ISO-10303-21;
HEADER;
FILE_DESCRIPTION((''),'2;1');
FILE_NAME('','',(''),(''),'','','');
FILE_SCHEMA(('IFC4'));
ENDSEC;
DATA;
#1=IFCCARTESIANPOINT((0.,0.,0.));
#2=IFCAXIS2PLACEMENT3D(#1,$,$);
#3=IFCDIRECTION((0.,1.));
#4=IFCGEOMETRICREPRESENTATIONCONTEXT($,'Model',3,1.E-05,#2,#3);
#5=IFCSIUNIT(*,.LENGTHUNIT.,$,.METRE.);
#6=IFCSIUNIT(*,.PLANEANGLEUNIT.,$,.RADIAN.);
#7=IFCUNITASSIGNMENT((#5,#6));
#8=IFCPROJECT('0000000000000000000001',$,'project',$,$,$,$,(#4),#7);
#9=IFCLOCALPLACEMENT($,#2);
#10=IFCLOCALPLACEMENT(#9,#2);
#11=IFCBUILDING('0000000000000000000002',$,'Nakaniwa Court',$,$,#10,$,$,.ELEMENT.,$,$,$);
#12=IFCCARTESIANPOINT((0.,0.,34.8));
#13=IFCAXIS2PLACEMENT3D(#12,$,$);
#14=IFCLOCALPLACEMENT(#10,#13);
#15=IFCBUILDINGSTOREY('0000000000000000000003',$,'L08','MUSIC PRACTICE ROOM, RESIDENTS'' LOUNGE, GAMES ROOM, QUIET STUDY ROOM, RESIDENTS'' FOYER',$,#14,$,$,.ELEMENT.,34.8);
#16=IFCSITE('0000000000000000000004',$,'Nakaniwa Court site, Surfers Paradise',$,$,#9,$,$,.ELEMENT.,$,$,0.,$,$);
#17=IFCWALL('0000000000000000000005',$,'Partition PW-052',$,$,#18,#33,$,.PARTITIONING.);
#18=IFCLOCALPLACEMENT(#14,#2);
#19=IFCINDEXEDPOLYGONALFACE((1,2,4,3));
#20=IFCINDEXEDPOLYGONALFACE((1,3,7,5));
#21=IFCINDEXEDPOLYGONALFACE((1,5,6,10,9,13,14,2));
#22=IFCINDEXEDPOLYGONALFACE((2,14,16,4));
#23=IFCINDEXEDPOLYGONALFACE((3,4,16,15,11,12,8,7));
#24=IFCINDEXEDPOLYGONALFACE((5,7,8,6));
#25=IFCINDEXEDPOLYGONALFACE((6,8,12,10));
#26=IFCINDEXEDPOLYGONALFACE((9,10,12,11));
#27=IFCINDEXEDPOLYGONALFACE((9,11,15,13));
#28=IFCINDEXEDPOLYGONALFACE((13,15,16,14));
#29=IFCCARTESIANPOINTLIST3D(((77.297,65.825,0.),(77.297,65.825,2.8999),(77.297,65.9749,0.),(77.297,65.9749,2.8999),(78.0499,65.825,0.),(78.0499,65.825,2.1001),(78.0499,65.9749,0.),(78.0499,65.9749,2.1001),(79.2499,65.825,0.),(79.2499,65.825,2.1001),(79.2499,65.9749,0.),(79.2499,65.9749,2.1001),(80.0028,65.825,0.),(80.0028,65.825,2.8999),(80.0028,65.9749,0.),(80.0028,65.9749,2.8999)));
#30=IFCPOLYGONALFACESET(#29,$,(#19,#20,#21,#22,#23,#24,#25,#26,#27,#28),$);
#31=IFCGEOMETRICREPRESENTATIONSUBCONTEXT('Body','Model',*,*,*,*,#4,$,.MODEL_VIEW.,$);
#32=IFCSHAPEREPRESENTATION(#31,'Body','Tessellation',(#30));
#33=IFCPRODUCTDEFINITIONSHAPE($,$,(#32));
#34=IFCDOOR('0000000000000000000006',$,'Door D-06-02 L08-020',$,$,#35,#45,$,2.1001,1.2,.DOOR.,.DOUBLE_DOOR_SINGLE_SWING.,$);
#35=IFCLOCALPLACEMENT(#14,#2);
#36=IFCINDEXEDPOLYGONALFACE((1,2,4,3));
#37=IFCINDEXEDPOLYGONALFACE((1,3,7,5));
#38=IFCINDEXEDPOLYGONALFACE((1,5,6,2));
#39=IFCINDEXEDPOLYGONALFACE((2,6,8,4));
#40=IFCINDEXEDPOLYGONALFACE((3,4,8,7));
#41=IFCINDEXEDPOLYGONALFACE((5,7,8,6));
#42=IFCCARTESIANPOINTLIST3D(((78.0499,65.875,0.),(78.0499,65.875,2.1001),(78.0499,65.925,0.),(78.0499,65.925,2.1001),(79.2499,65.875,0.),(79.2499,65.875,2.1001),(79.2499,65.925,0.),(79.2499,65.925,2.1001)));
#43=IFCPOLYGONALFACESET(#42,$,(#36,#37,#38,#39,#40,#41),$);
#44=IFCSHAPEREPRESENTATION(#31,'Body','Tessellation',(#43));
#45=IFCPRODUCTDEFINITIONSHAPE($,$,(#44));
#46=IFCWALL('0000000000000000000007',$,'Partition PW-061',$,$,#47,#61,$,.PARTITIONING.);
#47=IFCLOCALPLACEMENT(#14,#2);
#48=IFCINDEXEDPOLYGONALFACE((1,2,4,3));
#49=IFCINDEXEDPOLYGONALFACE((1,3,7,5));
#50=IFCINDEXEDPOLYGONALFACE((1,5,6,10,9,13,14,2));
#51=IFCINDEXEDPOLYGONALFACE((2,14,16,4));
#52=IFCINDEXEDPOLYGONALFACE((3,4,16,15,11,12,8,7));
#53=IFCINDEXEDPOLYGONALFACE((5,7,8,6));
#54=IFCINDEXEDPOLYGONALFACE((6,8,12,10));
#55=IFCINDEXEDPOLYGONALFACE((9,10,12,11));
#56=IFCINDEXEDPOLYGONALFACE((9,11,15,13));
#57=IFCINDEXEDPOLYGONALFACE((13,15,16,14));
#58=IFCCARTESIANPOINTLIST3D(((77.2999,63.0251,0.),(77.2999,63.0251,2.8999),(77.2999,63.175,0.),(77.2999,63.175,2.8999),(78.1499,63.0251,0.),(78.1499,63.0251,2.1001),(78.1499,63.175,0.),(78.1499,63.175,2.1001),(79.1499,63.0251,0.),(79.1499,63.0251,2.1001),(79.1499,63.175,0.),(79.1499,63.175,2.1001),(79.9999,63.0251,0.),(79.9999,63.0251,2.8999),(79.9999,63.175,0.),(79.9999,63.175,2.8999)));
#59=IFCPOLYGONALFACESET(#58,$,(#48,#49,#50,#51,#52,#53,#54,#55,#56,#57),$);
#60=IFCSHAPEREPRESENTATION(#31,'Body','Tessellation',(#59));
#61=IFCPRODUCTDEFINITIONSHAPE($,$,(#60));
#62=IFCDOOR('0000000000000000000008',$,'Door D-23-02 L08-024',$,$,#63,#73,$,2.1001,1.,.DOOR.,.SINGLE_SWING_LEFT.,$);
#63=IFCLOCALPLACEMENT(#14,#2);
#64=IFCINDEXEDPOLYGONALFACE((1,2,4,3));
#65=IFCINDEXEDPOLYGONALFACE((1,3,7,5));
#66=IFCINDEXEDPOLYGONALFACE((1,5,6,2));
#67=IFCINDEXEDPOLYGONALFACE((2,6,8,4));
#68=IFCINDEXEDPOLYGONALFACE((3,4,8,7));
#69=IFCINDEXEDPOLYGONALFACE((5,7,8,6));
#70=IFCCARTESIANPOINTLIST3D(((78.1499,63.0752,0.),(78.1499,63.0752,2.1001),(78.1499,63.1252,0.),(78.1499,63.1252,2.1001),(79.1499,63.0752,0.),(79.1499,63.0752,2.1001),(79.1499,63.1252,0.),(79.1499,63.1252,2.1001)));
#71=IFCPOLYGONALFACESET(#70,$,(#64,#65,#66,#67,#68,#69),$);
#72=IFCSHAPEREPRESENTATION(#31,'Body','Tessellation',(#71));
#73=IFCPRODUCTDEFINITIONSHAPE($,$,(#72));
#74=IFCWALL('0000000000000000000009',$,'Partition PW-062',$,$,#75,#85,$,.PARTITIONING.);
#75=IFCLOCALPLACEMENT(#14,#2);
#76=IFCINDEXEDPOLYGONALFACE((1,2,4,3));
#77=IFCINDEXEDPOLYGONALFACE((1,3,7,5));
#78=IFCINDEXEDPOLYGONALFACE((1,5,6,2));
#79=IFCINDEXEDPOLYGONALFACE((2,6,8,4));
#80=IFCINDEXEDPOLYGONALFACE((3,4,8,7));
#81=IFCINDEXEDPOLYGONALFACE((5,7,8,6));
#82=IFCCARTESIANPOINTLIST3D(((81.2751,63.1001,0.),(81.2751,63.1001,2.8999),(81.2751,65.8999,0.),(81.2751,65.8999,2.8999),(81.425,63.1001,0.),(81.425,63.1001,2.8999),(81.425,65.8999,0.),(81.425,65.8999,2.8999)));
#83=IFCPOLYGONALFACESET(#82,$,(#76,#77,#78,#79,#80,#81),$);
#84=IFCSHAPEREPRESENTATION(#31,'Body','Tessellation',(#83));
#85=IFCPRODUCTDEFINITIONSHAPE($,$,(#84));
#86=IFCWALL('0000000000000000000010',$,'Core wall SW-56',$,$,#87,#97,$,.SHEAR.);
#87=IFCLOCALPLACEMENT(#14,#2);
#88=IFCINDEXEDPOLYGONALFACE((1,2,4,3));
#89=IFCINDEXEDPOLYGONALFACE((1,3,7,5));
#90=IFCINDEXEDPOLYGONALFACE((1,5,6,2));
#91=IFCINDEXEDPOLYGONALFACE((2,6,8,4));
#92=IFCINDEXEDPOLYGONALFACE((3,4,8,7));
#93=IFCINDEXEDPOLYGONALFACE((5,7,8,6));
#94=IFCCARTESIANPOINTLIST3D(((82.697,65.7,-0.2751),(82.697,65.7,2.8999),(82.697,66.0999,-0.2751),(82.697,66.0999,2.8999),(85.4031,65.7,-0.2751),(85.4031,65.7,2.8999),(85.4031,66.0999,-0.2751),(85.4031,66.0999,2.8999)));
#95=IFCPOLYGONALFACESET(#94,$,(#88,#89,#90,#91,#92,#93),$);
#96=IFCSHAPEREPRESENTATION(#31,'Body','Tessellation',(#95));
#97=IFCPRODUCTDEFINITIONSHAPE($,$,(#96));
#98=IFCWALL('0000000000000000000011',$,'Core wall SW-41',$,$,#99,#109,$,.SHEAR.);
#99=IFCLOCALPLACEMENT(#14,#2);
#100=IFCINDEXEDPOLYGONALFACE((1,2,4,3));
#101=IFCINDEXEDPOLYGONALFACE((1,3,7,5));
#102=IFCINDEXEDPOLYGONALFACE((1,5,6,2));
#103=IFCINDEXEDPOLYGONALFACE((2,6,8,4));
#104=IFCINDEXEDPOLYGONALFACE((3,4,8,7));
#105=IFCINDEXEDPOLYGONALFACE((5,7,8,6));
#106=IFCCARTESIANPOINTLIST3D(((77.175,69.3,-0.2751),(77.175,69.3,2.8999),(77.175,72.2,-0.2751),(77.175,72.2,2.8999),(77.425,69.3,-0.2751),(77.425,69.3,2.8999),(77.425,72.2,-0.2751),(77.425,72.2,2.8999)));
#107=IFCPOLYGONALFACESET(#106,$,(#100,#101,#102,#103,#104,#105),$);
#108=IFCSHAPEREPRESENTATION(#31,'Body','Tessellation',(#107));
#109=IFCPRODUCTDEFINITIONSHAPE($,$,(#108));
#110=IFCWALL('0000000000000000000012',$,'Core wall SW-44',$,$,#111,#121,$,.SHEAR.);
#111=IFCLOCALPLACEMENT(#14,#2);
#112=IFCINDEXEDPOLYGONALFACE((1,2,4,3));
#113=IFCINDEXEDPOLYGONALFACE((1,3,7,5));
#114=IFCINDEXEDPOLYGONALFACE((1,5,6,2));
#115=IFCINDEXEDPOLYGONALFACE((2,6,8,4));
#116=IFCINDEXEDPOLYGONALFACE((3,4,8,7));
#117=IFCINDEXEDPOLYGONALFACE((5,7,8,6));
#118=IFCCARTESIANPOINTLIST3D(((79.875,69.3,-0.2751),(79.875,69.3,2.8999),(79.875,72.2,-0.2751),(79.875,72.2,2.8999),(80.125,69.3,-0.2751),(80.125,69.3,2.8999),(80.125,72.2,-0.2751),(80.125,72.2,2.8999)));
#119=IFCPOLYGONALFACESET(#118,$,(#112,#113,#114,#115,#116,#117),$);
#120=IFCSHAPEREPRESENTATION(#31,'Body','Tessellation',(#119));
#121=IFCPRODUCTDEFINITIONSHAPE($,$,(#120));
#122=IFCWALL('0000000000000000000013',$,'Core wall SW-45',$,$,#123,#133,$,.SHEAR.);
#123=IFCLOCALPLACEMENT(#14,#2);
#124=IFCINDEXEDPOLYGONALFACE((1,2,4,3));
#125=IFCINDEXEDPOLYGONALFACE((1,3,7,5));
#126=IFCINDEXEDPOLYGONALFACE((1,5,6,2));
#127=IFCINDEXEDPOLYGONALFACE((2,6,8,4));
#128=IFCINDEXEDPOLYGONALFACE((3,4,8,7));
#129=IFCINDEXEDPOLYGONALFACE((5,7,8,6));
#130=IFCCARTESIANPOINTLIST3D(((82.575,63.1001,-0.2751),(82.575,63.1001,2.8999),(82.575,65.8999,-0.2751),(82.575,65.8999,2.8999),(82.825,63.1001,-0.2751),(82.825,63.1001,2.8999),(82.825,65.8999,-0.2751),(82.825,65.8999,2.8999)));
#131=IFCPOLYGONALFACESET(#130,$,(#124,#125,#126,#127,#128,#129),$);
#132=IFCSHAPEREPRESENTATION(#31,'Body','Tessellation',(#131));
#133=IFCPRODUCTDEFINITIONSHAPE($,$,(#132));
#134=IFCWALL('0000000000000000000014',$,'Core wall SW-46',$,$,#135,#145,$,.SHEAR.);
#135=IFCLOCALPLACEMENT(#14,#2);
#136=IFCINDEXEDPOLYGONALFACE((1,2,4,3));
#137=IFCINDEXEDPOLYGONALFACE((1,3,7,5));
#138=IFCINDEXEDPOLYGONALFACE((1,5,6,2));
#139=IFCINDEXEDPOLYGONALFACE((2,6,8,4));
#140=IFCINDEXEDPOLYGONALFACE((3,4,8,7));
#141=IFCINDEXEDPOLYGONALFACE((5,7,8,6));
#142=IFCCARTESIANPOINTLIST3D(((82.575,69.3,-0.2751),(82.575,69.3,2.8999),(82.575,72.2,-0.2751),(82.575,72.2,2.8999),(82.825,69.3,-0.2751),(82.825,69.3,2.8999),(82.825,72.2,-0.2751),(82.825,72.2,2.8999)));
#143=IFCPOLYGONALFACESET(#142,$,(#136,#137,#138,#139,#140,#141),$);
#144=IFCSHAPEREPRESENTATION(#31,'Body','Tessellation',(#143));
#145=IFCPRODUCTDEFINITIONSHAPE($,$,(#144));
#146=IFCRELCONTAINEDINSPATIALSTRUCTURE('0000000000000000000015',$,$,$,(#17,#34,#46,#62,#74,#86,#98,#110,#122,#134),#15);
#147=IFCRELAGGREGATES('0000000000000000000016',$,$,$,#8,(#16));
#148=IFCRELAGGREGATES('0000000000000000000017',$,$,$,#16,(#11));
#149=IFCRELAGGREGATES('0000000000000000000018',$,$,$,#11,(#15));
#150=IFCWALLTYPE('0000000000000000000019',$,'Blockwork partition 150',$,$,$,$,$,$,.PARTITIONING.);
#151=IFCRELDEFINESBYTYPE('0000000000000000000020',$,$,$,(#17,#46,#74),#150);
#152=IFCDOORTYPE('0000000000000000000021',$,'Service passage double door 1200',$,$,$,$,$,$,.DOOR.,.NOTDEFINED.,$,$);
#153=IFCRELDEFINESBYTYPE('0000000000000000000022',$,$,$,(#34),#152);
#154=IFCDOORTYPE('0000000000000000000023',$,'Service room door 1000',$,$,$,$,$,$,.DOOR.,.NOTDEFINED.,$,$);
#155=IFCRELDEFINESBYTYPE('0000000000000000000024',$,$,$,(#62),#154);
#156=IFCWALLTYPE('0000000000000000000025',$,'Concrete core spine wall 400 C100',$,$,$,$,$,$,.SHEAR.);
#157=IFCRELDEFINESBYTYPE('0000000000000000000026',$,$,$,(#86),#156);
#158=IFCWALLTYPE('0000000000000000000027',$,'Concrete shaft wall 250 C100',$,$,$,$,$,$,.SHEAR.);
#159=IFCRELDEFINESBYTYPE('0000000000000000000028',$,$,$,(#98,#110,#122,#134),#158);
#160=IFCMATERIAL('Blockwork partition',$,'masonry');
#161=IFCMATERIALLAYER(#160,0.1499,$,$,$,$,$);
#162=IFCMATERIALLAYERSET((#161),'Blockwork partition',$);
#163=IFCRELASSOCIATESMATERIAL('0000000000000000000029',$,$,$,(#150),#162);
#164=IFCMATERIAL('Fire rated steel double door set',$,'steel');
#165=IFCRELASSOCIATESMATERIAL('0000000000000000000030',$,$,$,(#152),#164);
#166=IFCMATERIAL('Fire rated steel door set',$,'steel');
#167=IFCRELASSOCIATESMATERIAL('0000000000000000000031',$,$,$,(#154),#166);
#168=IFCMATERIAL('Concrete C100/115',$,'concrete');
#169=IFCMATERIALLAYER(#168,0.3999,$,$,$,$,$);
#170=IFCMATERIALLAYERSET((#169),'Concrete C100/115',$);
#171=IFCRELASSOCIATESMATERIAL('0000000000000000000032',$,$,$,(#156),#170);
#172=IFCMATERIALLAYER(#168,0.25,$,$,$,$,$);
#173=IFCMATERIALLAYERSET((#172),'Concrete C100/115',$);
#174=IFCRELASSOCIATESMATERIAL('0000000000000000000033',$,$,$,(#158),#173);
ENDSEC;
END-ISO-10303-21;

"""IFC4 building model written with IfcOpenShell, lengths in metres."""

from ifc_helpers import new_model, si_unit, direction, frame, frame_2d, origin, place, context, subcontext, project, spatial, rectangle, extrude, material, layer, layer_set, type_object, element, fill, save


model = new_model("IFC4")

# Units and contexts
model_context = context("Model", 3, precision=1e-05, world=origin(), true_north=direction((0.0, 1.0)))
body_context = subcontext(model_context, "Body", "Model", "MODEL_VIEW")
ifc_project = project(units=[si_unit("LENGTHUNIT", "METRE"), si_unit("PLANEANGLEUNIT", "RADIAN")], contexts=[model_context])

# Site, building, storey
site_placement = place(None, origin())
site = spatial("IfcSite", under=ifc_project, at=site_placement, Name="Nakaniwa Court site, Surfers Paradise", CompositionType="ELEMENT", RefElevation=0.0)
building_placement = place(site_placement, origin())
building = spatial("IfcBuilding", under=site, at=building_placement, Name="Nakaniwa Court", CompositionType="ELEMENT")
storey_placement = place(building_placement, frame((0.0, 0.0, 34.8)))
storey = spatial("IfcBuildingStorey", under=building, at=storey_placement, Name="L08", Description="MUSIC PRACTICE ROOM, RESIDENTS' LOUNGE, GAMES ROOM, QUIET STUDY ROOM, RESIDENTS' FOYER", CompositionType="ELEMENT", Elevation=34.8)

# Walls, openings, doors
ifc_material_1 = material(Name="Blockwork partition", Category="masonry")
ifc_layer_1 = layer(ifc_material_1, 0.1499)
ifc_layer_set_1 = layer_set([ifc_layer_1], Name="Blockwork partition")
wall_type_1 = type_object("IfcWallType", Name="Blockwork partition 150", PredefinedType="PARTITIONING", material=ifc_layer_set_1)
wall_1_placement = place(storey_placement, frame((80.0029, 65.8999, 0.0), z_axis=(0.0, 0.0, 1.0), x_axis=(-1.0, 0.0, 0.0)))
wall_1 = element("IfcWall", 1, at=wall_1_placement, inside=storey, type_object=wall_type_1, Name="Partition PW-052", PredefinedType="PARTITIONING", context=body_context, shape_type="SweptSolid", body=[
    extrude(rectangle(XDim=2.7058, YDim=0.1499, at=frame_2d((1.353, 0.0))), origin(), (0.0, 0.0, 1.0), 2.8999),
])
opening_1_placement = place(wall_1_placement, frame((0.7529, 0.0, 0.0)))
opening_1 = element("IfcOpeningElement", 2, at=opening_1_placement, cuts=wall_1, PredefinedType="OPENING", context=body_context, shape_type="SweptSolid", body=[
    extrude(rectangle(XDim=1.2, YDim=2.1001, at=frame_2d((0.6001, 1.05))), frame((0.0, 0.085, 0.0), z_axis=(0.0, -1.0, 0.0), x_axis=(1.0, 0.0, 0.0)), (0.0, 0.0, 1.0), 0.1699),
])
ifc_material_2 = material(Name="Fire rated steel double door set", Category="steel")
door_type_1 = type_object("IfcDoorType", Name="Service passage double door 1200", OperationType="NOTDEFINED", PredefinedType="DOOR", material=ifc_material_2)
door_1_placement = place(opening_1_placement, origin())
door_1 = element("IfcDoor", 3, at=door_1_placement, inside=storey, type_object=door_type_1, Name="Door D-06-02 L08-020", OperationType="DOUBLE_DOOR_SINGLE_SWING", OverallHeight=2.1001, OverallWidth=1.2, PredefinedType="DOOR", context=body_context, shape_type="SweptSolid", body=[
    extrude(rectangle(XDim=1.2, YDim=2.1001, at=frame_2d((0.6001, 1.05))), frame((0.0, 0.0249, 0.0), z_axis=(0.0, -1.0, 0.0), x_axis=(1.0, 0.0, 0.0)), (0.0, 0.0, 1.0), 0.05),
])
fill(opening_1, door_1)
wall_2_placement = place(storey_placement, frame((80.0, 63.1001, 0.0), z_axis=(0.0, 0.0, 1.0), x_axis=(-1.0, 0.0, 0.0)))
wall_2 = element("IfcWall", 4, at=wall_2_placement, inside=storey, type_object=wall_type_1, Name="Partition PW-061", PredefinedType="PARTITIONING", context=body_context, shape_type="SweptSolid", body=[
    extrude(rectangle(XDim=2.7, YDim=0.1499, at=frame_2d((1.3501, 0.0))), origin(), (0.0, 0.0, 1.0), 2.8999),
])
opening_2_placement = place(wall_2_placement, frame((0.8501, 0.0, 0.0)))
opening_2 = element("IfcOpeningElement", 5, at=opening_2_placement, cuts=wall_2, PredefinedType="OPENING", context=body_context, shape_type="SweptSolid", body=[
    extrude(rectangle(XDim=1.0, YDim=2.1001, at=frame_2d((0.5, 1.05))), frame((0.0, 0.085, 0.0), z_axis=(0.0, -1.0, 0.0), x_axis=(1.0, 0.0, 0.0)), (0.0, 0.0, 1.0), 0.1699),
])
ifc_material_3 = material(Name="Fire rated steel door set", Category="steel")
door_type_2 = type_object("IfcDoorType", Name="Service room door 1000", OperationType="NOTDEFINED", PredefinedType="DOOR", material=ifc_material_3)
door_2_placement = place(opening_2_placement, origin())
door_2 = element("IfcDoor", 6, at=door_2_placement, inside=storey, type_object=door_type_2, Name="Door D-23-02 L08-024", OperationType="SINGLE_SWING_LEFT", OverallHeight=2.1001, OverallWidth=1.0, PredefinedType="DOOR", context=body_context, shape_type="SweptSolid", body=[
    extrude(rectangle(XDim=1.0, YDim=2.1001, at=frame_2d((0.5, 1.05))), frame((0.0, 0.0249, 0.0), z_axis=(0.0, -1.0, 0.0), x_axis=(1.0, 0.0, 0.0)), (0.0, 0.0, 1.0), 0.05),
])
fill(opening_2, door_2)

# Walls
wall_3_placement = place(storey_placement, frame((81.3501, 63.1001, 0.0), z_axis=(0.0, 0.0, 1.0), x_axis=(0.0, 1.0, 0.0)))
element("IfcWall", 7, at=wall_3_placement, inside=storey, type_object=wall_type_1, Name="Partition PW-062", PredefinedType="PARTITIONING", context=body_context, shape_type="SweptSolid", body=[
    extrude(rectangle(XDim=2.7998, YDim=0.1499, at=frame_2d((1.3999, 0.0))), origin(), (0.0, 0.0, 1.0), 2.8999),
])
ifc_material_4 = material(Name="Concrete C100/115", Category="concrete")
ifc_layer_2 = layer(ifc_material_4, 0.3999)
ifc_layer_set_2 = layer_set([ifc_layer_2], Name="Concrete C100/115")
wall_type_2 = type_object("IfcWallType", Name="Concrete core spine wall 400 C100", PredefinedType="SHEAR", material=ifc_layer_set_2)
wall_4_placement = place(storey_placement, frame((82.697, 65.8999, -0.2751), z_axis=(0.0, 0.0, 1.0), x_axis=(1.0, 0.0, 0.0)))
element("IfcWall", 8, at=wall_4_placement, inside=storey, type_object=wall_type_2, Name="Core wall SW-56", PredefinedType="SHEAR", context=body_context, shape_type="SweptSolid", body=[
    extrude(rectangle(XDim=2.7061, YDim=0.3999, at=frame_2d((1.353, 0.0))), origin(), (0.0, 0.0, 1.0), 3.175),
])
ifc_layer_3 = layer(ifc_material_4, 0.25)
ifc_layer_set_3 = layer_set([ifc_layer_3], Name="Concrete C100/115")
wall_type_3 = type_object("IfcWallType", Name="Concrete shaft wall 250 C100", PredefinedType="SHEAR", material=ifc_layer_set_3)
for number, where, z_axis, x_axis, name in (
    (9, (77.3, 69.3, -0.2751), (0.0, 0.0, 1.0), (0.0, 1.0, 0.0), "Core wall SW-41"),
    (10, (80.0, 69.3, -0.2751), (0.0, 0.0, 1.0), (0.0, 1.0, 0.0), "Core wall SW-44"),
):
    element("IfcWall", number, at=place(storey_placement, frame(where, z_axis=z_axis, x_axis=x_axis)), inside=storey, type_object=wall_type_3, Name=name, PredefinedType="SHEAR", context=body_context, shape_type="SweptSolid", body=[
        extrude(rectangle(XDim=2.8999, YDim=0.25, at=frame_2d((1.45, 0.0))), origin(), (0.0, 0.0, 1.0), 3.175),
    ])
wall_5_placement = place(storey_placement, frame((82.7, 63.1001, -0.2751), z_axis=(0.0, 0.0, 1.0), x_axis=(0.0, 1.0, 0.0)))
element("IfcWall", 11, at=wall_5_placement, inside=storey, type_object=wall_type_3, Name="Core wall SW-45", PredefinedType="SHEAR", context=body_context, shape_type="SweptSolid", body=[
    extrude(rectangle(XDim=2.7998, YDim=0.25, at=frame_2d((1.3999, 0.0))), origin(), (0.0, 0.0, 1.0), 3.175),
])
wall_6_placement = place(storey_placement, frame((82.7, 69.3, -0.2751), z_axis=(0.0, 0.0, 1.0), x_axis=(0.0, 1.0, 0.0)))
element("IfcWall", 12, at=wall_6_placement, inside=storey, type_object=wall_type_3, Name="Core wall SW-46", PredefinedType="SHEAR", context=body_context, shape_type="SweptSolid", body=[
    extrude(rectangle(XDim=2.8999, YDim=0.25, at=frame_2d((1.45, 0.0))), origin(), (0.0, 0.0, 1.0), 3.175),
])

save(model, "model.ifc")
